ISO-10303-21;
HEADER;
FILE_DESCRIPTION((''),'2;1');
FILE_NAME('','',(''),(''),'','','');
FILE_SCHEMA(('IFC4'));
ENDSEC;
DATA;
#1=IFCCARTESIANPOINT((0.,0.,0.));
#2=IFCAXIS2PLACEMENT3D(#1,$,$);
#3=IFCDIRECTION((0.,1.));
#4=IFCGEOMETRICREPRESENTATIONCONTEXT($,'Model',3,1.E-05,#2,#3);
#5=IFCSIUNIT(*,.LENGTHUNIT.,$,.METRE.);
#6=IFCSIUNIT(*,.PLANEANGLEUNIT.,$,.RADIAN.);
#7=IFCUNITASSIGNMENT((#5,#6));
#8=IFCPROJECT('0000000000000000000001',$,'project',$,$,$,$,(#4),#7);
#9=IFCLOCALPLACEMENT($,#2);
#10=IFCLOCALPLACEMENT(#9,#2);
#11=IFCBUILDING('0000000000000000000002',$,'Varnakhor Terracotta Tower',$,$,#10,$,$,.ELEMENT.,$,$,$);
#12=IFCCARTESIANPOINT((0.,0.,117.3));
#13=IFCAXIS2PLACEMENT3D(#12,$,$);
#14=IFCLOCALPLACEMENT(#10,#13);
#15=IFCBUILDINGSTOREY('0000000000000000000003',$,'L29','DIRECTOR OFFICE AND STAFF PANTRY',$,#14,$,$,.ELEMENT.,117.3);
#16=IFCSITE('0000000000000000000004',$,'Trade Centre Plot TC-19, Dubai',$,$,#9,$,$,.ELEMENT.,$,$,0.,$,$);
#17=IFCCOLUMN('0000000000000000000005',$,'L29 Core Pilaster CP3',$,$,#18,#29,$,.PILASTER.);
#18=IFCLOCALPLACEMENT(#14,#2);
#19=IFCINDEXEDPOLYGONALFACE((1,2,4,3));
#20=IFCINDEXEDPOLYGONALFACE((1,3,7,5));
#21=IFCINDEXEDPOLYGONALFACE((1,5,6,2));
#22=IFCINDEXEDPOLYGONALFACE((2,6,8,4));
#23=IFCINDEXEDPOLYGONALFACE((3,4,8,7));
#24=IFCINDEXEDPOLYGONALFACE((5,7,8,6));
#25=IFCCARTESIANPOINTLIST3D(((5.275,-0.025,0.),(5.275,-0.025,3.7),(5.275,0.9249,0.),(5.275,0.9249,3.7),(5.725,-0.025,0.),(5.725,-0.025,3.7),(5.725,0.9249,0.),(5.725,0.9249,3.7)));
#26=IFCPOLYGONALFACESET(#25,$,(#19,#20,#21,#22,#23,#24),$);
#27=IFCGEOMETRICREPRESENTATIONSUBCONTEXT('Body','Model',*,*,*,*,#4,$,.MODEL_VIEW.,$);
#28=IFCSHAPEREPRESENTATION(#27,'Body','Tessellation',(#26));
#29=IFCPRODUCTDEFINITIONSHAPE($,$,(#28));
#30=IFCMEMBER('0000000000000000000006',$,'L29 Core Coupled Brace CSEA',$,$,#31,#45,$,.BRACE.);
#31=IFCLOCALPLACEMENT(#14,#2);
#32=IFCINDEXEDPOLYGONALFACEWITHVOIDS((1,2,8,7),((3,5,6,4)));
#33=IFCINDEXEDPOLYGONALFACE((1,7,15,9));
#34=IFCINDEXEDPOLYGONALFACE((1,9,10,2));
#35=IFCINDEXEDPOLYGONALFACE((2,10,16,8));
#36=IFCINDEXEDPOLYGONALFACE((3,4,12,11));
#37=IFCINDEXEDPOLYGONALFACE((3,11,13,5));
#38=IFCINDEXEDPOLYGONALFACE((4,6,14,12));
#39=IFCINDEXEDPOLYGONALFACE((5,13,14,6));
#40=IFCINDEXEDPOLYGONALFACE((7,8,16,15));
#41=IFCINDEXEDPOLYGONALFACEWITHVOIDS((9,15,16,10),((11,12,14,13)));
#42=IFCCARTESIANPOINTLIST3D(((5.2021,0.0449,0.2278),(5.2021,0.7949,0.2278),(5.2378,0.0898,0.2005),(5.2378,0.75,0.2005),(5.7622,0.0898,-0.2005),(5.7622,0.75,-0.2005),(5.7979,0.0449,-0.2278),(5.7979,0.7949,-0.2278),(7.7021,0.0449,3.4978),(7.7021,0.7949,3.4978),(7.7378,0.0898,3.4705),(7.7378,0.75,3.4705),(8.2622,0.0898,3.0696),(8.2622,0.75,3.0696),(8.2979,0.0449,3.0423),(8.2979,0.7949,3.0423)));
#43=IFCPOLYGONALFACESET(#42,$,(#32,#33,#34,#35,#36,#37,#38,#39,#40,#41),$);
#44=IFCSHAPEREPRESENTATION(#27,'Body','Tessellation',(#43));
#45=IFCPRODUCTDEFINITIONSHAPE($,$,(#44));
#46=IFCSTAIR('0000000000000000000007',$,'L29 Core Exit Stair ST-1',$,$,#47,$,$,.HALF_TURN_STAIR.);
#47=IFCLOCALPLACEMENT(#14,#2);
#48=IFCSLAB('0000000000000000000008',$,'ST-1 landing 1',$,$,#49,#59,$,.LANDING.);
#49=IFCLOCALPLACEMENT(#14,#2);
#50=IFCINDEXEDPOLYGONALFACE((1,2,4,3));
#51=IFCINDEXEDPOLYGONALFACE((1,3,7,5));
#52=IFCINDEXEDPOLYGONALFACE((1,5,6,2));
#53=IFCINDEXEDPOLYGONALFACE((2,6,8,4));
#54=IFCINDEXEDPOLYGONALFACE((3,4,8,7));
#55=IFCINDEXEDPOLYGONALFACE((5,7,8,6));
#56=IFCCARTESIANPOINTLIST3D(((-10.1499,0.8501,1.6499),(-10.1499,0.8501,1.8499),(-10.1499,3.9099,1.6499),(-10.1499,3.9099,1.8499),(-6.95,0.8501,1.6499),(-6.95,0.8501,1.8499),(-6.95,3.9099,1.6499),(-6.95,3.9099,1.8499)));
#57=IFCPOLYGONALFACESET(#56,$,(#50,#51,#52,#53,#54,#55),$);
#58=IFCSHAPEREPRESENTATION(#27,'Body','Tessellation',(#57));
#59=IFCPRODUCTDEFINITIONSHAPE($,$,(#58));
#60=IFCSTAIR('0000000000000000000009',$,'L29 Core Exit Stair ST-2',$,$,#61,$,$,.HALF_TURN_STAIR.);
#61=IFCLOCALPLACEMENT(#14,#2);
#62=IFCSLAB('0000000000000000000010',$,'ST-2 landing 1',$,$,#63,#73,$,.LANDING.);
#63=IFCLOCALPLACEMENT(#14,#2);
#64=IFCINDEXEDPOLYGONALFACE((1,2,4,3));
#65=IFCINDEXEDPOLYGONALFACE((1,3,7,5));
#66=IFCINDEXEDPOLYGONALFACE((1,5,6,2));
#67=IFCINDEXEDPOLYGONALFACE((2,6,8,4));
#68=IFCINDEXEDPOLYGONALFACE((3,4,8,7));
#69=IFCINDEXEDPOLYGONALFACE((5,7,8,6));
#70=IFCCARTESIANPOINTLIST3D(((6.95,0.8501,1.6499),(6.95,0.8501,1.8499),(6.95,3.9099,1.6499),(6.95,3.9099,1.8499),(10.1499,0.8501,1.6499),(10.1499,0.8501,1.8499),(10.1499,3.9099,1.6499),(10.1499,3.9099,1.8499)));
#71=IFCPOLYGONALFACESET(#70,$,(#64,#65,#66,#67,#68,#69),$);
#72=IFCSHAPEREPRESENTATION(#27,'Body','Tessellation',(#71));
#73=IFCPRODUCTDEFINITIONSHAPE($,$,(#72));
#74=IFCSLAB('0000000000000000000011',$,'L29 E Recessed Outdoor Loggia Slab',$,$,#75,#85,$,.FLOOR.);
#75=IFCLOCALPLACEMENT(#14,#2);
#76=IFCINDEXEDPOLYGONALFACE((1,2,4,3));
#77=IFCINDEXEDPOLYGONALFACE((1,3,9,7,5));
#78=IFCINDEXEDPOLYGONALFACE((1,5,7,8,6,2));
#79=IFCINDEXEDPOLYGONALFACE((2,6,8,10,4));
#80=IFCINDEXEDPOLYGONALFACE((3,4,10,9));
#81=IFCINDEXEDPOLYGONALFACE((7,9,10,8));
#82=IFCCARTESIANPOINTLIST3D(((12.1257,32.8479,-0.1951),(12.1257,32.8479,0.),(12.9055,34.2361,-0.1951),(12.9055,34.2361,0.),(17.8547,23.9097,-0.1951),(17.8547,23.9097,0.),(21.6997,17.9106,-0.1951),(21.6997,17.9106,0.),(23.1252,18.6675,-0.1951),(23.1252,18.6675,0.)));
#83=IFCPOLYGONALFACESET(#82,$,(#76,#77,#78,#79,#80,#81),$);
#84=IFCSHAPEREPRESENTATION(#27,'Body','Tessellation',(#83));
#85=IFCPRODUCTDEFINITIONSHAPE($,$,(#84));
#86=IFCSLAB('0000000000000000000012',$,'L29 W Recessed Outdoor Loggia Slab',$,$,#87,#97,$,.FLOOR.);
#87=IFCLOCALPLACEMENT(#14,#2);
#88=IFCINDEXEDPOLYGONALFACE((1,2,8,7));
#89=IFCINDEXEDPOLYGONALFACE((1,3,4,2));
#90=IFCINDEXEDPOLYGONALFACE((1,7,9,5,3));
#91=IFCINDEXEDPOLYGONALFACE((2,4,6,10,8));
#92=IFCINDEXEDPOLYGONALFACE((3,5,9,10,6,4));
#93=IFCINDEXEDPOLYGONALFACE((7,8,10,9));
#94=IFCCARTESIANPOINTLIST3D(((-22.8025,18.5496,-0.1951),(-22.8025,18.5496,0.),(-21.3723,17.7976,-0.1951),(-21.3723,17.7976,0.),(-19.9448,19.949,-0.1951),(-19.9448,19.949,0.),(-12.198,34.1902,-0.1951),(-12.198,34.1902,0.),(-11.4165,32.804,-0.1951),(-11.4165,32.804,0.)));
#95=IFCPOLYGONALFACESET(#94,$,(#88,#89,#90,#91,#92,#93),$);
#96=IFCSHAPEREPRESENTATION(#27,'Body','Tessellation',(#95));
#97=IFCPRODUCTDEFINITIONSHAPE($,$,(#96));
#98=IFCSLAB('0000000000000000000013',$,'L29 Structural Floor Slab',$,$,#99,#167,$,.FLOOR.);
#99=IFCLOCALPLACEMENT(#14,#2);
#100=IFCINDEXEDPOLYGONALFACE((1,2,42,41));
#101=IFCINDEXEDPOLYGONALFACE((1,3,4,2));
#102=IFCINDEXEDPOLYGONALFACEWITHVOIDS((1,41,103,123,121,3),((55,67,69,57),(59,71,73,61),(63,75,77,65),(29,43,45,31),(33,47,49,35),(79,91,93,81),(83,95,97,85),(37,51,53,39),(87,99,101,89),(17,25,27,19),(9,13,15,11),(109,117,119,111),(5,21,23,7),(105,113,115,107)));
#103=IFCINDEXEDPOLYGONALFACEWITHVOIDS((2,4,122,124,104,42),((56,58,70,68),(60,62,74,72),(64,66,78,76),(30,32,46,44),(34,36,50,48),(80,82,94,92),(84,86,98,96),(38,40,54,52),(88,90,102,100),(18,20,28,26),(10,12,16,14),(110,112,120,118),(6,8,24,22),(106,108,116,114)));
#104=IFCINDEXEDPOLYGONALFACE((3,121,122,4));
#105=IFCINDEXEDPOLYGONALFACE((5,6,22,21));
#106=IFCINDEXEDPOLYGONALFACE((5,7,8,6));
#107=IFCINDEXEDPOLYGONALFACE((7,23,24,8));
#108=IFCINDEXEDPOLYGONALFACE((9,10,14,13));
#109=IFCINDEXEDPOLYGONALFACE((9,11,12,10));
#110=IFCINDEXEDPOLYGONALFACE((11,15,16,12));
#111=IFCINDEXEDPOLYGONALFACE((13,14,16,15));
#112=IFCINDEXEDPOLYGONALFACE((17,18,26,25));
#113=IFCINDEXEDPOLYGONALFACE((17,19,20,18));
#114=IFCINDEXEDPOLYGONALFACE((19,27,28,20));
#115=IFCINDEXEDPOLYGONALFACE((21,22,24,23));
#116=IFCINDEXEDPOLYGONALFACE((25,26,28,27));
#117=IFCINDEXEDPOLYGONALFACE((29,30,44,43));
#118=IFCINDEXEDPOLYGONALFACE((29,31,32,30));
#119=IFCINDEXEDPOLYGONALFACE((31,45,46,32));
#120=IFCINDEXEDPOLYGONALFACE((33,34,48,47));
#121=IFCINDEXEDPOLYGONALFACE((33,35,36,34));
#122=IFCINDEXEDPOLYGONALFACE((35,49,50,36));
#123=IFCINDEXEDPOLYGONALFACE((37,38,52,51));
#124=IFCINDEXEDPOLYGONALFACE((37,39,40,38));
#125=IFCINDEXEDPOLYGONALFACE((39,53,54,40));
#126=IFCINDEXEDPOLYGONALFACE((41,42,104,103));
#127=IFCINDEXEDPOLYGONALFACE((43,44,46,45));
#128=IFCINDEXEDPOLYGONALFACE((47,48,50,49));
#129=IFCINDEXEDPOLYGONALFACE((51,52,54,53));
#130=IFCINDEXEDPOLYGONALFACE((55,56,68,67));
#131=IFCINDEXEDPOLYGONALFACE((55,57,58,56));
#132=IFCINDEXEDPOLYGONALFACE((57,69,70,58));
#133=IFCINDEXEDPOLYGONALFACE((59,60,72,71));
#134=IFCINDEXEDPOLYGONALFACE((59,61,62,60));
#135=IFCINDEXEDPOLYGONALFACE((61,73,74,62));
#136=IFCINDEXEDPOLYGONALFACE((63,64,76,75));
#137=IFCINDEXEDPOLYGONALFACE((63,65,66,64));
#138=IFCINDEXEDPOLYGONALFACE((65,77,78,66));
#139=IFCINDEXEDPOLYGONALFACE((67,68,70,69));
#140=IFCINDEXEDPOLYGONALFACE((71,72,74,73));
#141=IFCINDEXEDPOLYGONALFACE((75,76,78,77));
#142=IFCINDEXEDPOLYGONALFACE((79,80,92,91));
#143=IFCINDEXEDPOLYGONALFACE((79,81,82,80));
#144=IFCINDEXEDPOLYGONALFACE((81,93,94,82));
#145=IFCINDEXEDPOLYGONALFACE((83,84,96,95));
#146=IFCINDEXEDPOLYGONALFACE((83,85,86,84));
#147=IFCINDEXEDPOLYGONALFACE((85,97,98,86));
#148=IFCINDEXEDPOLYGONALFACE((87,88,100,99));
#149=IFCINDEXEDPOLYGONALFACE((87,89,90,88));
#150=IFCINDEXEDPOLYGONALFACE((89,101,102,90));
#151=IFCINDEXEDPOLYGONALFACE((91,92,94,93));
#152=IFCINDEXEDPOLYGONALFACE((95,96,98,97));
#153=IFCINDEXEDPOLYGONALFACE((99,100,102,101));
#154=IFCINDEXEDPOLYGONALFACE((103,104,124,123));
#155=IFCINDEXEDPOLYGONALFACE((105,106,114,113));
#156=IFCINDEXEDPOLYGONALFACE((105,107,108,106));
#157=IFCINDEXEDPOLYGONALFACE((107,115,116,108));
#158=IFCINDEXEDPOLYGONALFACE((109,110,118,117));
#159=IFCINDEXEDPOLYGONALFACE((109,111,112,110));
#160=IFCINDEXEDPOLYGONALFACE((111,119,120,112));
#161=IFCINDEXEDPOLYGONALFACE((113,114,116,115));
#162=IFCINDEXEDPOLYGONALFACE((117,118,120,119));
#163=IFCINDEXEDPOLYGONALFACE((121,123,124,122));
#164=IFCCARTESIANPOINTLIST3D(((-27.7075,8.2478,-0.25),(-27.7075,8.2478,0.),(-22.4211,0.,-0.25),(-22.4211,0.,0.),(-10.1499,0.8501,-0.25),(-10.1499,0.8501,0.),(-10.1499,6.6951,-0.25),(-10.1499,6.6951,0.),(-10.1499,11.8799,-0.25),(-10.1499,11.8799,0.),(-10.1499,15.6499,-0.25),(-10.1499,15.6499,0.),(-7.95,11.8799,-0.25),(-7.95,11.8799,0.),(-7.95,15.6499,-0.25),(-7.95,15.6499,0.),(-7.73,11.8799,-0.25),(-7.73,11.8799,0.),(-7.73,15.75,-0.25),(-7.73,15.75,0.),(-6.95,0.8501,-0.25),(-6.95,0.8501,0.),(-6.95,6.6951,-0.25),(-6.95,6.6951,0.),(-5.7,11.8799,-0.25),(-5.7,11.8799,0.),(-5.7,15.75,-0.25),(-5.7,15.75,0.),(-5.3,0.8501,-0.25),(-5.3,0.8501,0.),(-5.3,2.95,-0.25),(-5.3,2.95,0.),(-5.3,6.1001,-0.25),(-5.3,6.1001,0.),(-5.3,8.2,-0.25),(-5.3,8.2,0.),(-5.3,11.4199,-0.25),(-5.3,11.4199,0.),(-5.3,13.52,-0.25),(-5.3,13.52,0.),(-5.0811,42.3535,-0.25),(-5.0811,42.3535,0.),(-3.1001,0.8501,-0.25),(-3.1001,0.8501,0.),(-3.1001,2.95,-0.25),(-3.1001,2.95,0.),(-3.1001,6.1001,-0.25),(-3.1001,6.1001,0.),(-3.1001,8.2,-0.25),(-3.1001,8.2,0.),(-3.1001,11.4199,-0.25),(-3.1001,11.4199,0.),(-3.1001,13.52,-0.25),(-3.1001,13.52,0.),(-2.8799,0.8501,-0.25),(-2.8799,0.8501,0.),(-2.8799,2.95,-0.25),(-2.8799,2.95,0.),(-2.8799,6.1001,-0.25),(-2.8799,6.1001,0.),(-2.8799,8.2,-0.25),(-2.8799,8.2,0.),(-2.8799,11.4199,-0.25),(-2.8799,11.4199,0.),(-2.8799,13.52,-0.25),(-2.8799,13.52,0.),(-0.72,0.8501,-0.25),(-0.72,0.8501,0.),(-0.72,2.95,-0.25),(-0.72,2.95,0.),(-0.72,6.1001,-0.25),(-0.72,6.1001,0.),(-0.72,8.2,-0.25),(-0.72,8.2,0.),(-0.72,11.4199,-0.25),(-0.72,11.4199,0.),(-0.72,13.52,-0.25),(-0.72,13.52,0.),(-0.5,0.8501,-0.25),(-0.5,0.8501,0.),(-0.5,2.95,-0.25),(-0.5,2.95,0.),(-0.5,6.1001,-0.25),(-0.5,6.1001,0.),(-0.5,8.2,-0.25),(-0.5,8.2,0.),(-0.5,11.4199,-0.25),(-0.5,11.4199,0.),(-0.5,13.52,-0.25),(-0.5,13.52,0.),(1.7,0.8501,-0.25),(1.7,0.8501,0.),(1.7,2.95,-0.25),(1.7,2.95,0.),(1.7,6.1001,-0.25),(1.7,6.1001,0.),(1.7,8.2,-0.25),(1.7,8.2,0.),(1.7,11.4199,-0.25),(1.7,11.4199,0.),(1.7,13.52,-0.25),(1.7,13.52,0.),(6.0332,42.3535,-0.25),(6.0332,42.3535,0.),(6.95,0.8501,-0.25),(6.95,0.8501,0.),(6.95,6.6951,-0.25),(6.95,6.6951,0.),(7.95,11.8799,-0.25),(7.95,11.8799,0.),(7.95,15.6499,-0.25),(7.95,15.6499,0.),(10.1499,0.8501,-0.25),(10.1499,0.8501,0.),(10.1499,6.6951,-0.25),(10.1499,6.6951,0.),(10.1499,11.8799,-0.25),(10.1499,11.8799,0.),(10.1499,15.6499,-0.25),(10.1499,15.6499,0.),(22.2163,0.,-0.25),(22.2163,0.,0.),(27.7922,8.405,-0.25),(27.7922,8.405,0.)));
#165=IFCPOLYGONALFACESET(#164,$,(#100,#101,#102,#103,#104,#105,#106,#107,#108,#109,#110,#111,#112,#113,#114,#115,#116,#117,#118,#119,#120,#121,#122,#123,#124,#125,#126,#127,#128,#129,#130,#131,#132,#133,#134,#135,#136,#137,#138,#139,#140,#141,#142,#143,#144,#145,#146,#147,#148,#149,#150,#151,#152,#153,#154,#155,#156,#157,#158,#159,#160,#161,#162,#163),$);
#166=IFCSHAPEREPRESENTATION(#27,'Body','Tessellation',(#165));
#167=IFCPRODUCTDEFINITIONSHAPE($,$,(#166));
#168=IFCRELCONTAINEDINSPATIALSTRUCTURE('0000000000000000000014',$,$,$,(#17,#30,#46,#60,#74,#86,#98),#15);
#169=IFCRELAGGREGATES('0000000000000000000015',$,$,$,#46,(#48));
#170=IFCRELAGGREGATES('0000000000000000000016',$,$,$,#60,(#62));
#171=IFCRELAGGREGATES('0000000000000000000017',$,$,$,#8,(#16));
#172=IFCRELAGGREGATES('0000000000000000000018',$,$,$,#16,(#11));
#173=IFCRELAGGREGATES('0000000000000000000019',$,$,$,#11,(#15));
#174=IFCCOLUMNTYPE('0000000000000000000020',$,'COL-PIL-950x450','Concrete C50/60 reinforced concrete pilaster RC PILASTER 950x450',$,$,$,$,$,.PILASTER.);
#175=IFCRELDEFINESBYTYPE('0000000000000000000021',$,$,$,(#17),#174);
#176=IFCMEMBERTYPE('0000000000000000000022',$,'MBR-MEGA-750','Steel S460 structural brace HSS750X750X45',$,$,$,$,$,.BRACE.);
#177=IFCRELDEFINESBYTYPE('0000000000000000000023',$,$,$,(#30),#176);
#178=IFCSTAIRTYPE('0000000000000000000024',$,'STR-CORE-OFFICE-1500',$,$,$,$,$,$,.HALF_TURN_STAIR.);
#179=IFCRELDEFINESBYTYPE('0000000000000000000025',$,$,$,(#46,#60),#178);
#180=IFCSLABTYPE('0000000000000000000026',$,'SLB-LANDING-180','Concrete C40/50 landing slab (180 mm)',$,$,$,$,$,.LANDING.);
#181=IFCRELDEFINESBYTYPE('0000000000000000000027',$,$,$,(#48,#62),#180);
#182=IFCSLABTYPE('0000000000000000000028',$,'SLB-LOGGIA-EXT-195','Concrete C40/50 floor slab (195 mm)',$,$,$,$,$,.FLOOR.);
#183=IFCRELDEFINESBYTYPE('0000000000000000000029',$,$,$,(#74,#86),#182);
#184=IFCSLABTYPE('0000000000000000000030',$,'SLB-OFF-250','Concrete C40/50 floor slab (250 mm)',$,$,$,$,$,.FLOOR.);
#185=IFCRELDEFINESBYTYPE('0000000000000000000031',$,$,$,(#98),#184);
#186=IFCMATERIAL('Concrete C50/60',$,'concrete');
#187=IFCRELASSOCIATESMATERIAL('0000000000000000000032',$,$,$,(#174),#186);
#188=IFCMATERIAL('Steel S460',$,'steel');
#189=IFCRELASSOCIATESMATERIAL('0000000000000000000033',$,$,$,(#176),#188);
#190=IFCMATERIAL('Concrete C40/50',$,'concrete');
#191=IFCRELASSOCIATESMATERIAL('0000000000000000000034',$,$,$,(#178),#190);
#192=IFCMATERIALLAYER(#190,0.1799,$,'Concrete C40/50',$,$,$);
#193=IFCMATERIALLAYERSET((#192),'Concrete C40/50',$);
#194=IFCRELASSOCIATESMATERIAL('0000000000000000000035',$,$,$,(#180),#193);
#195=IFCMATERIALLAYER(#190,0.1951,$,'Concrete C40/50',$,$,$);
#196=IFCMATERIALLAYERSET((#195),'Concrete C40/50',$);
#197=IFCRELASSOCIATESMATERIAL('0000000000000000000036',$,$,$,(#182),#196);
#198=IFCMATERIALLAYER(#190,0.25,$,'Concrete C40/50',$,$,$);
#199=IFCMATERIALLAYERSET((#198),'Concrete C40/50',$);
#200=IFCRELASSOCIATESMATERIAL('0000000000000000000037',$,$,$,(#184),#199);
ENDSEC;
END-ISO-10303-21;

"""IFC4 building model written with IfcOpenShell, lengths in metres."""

from ifc_helpers import new_model, si_unit, direction, frame, origin, origin_2d, place, context, subcontext, project, spatial, polyline, rectangle, hollow_rectangle, outline, extrude, source, transform, mapped, material, layer, layer_set, material_profile, profile_set, type_object, element, aggregate, save


model = new_model("IFC4")

# Units and contexts
model_context = context("Model", 3, precision=1e-05, world=origin(), true_north=direction((0.0, 1.0)))
body_context = subcontext(model_context, "Body", "Model", "MODEL_VIEW")
ifc_project = project(units=[si_unit("LENGTHUNIT", "METRE"), si_unit("PLANEANGLEUNIT", "RADIAN")], contexts=[model_context])

# Site, building, storey
site_placement = place(None, origin())
site = spatial("IfcSite", under=ifc_project, at=site_placement, Name="Trade Centre Plot TC-19, Dubai", CompositionType="ELEMENT", RefElevation=0.0)
building_placement = place(site_placement, origin())
building = spatial("IfcBuilding", under=site, at=building_placement, Name="Varnakhor Terracotta Tower", CompositionType="ELEMENT")
storey_placement = place(building_placement, frame((0.0, 0.0, 117.3)))
storey = spatial("IfcBuildingStorey", under=building, at=storey_placement, Name="L29", Description="DIRECTOR OFFICE AND STAFF PANTRY", CompositionType="ELEMENT", Elevation=117.3)

# Column
ifc_material_1 = material(Name="Concrete C50/60", Category="concrete")
ifc_material_profile_1 = material_profile(ifc_material_1, rectangle(XDim=0.45, YDim=0.95, at=origin_2d()), Name="RC PILASTER 950x450")
ifc_profile_set_1 = profile_set([ifc_material_profile_1], Name="Concrete C50/60")
column_type = type_object("IfcColumnType", Name="COL-PIL-950x450", Description="Concrete C50/60 reinforced concrete pilaster RC PILASTER 950x450", PredefinedType="PILASTER", material=ifc_profile_set_1)
shared_shape_1 = source(origin(), body_context, "Body", "SweptSolid", [
    extrude(rectangle(XDim=0.45, YDim=0.95, at=origin_2d()), origin(), (0.0, 0.0, 1.0), 3.7),
])
column_placement = place(storey_placement, frame((5.5, 0.45, 0.0), z_axis=(0.0, 0.0, 1.0), x_axis=(1.0, 0.0, 0.0)))
element("IfcColumn", 1, at=column_placement, inside=storey, type_object=column_type, Name="L29 Core Pilaster CP3", PredefinedType="PILASTER", context=body_context, shape_type="MappedRepresentation", body=[
    mapped(shared_shape_1, transform((0.0, 0.0, 0.0), scale=1.0)),
])

# Member
ifc_material_2 = material(Name="Steel S460", Category="steel")
ifc_material_profile_2 = material_profile(ifc_material_2, hollow_rectangle(XDim=0.75, YDim=0.75, WallThickness=0.0449, at=origin_2d()), Name="HSS750X750X45")
ifc_profile_set_2 = profile_set([ifc_material_profile_2], Name="Steel S460")
member_type = type_object("IfcMemberType", Name="MBR-MEGA-750", Description="Steel S460 structural brace HSS750X750X45", PredefinedType="BRACE", material=ifc_profile_set_2)
shared_shape_2 = source(origin(), body_context, "Body", "SweptSolid", [
    extrude(hollow_rectangle(XDim=0.75, YDim=0.75, WallThickness=0.0449, at=origin_2d()), origin(), (0.0, 0.0, 1.0), 4.1162),
])
member_placement = place(storey_placement, frame((5.5, 0.4199, 0.0), z_axis=(0.607358, 0.0, 0.794429), x_axis=(0.0, 1.0, 0.0)))
element("IfcMember", 2, at=member_placement, inside=storey, type_object=member_type, Name="L29 Core Coupled Brace CSEA", PredefinedType="BRACE", context=body_context, shape_type="MappedRepresentation", body=[
    mapped(shared_shape_2, transform((0.0, 0.0, 0.0), scale=1.0)),
])

# Stairs, slabs
ifc_material_3 = material(Name="Concrete C40/50", Category="concrete")
stair_type = type_object("IfcStairType", Name="STR-CORE-OFFICE-1500", PredefinedType="HALF_TURN_STAIR", material=ifc_material_3)
stair_1_placement = place(storey_placement, origin())
stair_1 = element("IfcStair", 3, at=stair_1_placement, inside=storey, type_object=stair_type, Name="L29 Core Exit Stair ST-1", PredefinedType="HALF_TURN_STAIR")
ifc_layer_1 = layer(ifc_material_3, 0.1799, Name="Concrete C40/50")
ifc_layer_set_1 = layer_set([ifc_layer_1], Name="Concrete C40/50")
slab_type_1 = type_object("IfcSlabType", Name="SLB-LANDING-180", Description="Concrete C40/50 landing slab (180 mm)", PredefinedType="LANDING", material=ifc_layer_set_1)
slab_1_placement = place(storey_placement, frame((0.0, 0.0, 1.6499)))
slab_1 = element("IfcSlab", 4, at=slab_1_placement, type_object=slab_type_1, Name="ST-1 landing 1", PredefinedType="LANDING", context=body_context, shape_type="SweptSolid", body=[
    extrude(outline(polyline([(-10.1499, 3.9099), (-10.1499, 0.8501), (-6.95, 0.8501), (-6.95, 3.9099), (-10.1499, 3.9099)])), origin(), (0.0, 0.0, 1.0), 0.2),
])
aggregate(stair_1, [slab_1])
stair_2_placement = place(storey_placement, origin())
stair_2 = element("IfcStair", 5, at=stair_2_placement, inside=storey, type_object=stair_type, Name="L29 Core Exit Stair ST-2", PredefinedType="HALF_TURN_STAIR")
slab_2_placement = place(storey_placement, frame((0.0, 0.0, 1.6499)))
slab_2 = element("IfcSlab", 6, at=slab_2_placement, type_object=slab_type_1, Name="ST-2 landing 1", PredefinedType="LANDING", context=body_context, shape_type="SweptSolid", body=[
    extrude(outline(polyline([(6.95, 3.9099), (6.95, 0.8501), (10.1499, 0.8501), (10.1499, 3.9099), (6.95, 3.9099)])), origin(), (0.0, 0.0, 1.0), 0.2),
])
aggregate(stair_2, [slab_2])

# Slabs
ifc_layer_2 = layer(ifc_material_3, 0.1951, Name="Concrete C40/50")
ifc_layer_set_2 = layer_set([ifc_layer_2], Name="Concrete C40/50")
slab_type_2 = type_object("IfcSlabType", Name="SLB-LOGGIA-EXT-195", Description="Concrete C40/50 floor slab (195 mm)", PredefinedType="FLOOR", material=ifc_layer_set_2)
slab_3_placement = place(storey_placement, frame((0.0, 0.0, -0.1951)))
element("IfcSlab", 7, at=slab_3_placement, inside=storey, type_object=slab_type_2, Name="L29 E Recessed Outdoor Loggia Slab", PredefinedType="FLOOR", context=body_context, shape_type="SweptSolid", body=[
    extrude(outline(polyline([(12.9055, 34.2361), (23.1252, 18.6675), (21.6997, 17.9106), (17.8547, 23.9097), (12.1257, 32.8479), (12.9055, 34.2361)])), origin(), (0.0, 0.0, 1.0), 0.1951),
])
slab_4_placement = place(storey_placement, frame((0.0, 0.0, -0.1951)))
element("IfcSlab", 8, at=slab_4_placement, inside=storey, type_object=slab_type_2, Name="L29 W Recessed Outdoor Loggia Slab", PredefinedType="FLOOR", context=body_context, shape_type="SweptSolid", body=[
    extrude(outline(polyline([(-22.8025, 18.5496), (-12.198, 34.1902), (-11.4165, 32.804), (-19.9448, 19.949), (-21.3723, 17.7976), (-22.8025, 18.5496)])), origin(), (0.0, 0.0, 1.0), 0.1951),
])
ifc_layer_3 = layer(ifc_material_3, 0.25, Name="Concrete C40/50")
ifc_layer_set_3 = layer_set([ifc_layer_3], Name="Concrete C40/50")
slab_type_3 = type_object("IfcSlabType", Name="SLB-OFF-250", Description="Concrete C40/50 floor slab (250 mm)", PredefinedType="FLOOR", material=ifc_layer_set_3)
slab_5_placement = place(storey_placement, frame((0.0, 0.0, -0.25)))
element("IfcSlab", 9, at=slab_5_placement, inside=storey, type_object=slab_type_3, Name="L29 Structural Floor Slab", PredefinedType="FLOOR", context=body_context, shape_type="SweptSolid", body=[
    extrude(outline(polyline([(-27.7075, 8.2478), (-5.0811, 42.3535), (6.0332, 42.3535), (27.7922, 8.405), (22.2163, 0.0), (-22.4211, 0.0), (-27.7075, 8.2478)]), holes=[polyline([(-3.1001, 0.8501), (-3.1001, 2.95), (-5.3, 2.95), (-5.3, 0.8501), (-3.1001, 0.8501)]), polyline([(-2.8799, 0.8501), (-0.72, 0.8501), (-0.72, 2.95), (-2.8799, 2.95), (-2.8799, 0.8501)]), polyline([(-10.1499, 0.8501), (-6.95, 0.8501), (-6.95, 6.6951), (-10.1499, 6.6951), (-10.1499, 0.8501)]), polyline([(-5.3, 6.1001), (-3.1001, 6.1001), (-3.1001, 8.2), (-5.3, 8.2), (-5.3, 6.1001)]), polyline([(-5.3, 11.4199), (-3.1001, 11.4199), (-3.1001, 13.52), (-5.3, 13.52), (-5.3, 11.4199)]), polyline([(-10.1499, 11.8799), (-7.95, 11.8799), (-7.95, 15.6499), (-10.1499, 15.6499), (-10.1499, 11.8799)]), polyline([(-7.73, 11.8799), (-5.7, 11.8799), (-5.7, 15.75), (-7.73, 15.75), (-7.73, 11.8799)]), polyline([(1.7, 0.8501), (1.7, 2.95), (-0.5, 2.95), (-0.5, 0.8501), (1.7, 0.8501)]), polyline([(6.95, 0.8501), (10.1499, 0.8501), (10.1499, 6.6951), (6.95, 6.6951), (6.95, 0.8501)]), polyline([(-2.8799, 6.1001), (-0.72, 6.1001), (-0.72, 8.2), (-2.8799, 8.2), (-2.8799, 6.1001)]), polyline([(-0.5, 6.1001), (1.7, 6.1001), (1.7, 8.2), (-0.5, 8.2), (-0.5, 6.1001)]), polyline([(-2.8799, 11.4199), (-0.72, 11.4199), (-0.72, 13.52), (-2.8799, 13.52), (-2.8799, 11.4199)]), polyline([(-0.5, 11.4199), (1.7, 11.4199), (1.7, 13.52), (-0.5, 13.52), (-0.5, 11.4199)]), polyline([(7.95, 11.8799), (10.1499, 11.8799), (10.1499, 15.6499), (7.95, 15.6499), (7.95, 11.8799)])]), origin(), (0.0, 0.0, 1.0), 0.25),
])

save(model, "model.ifc")
